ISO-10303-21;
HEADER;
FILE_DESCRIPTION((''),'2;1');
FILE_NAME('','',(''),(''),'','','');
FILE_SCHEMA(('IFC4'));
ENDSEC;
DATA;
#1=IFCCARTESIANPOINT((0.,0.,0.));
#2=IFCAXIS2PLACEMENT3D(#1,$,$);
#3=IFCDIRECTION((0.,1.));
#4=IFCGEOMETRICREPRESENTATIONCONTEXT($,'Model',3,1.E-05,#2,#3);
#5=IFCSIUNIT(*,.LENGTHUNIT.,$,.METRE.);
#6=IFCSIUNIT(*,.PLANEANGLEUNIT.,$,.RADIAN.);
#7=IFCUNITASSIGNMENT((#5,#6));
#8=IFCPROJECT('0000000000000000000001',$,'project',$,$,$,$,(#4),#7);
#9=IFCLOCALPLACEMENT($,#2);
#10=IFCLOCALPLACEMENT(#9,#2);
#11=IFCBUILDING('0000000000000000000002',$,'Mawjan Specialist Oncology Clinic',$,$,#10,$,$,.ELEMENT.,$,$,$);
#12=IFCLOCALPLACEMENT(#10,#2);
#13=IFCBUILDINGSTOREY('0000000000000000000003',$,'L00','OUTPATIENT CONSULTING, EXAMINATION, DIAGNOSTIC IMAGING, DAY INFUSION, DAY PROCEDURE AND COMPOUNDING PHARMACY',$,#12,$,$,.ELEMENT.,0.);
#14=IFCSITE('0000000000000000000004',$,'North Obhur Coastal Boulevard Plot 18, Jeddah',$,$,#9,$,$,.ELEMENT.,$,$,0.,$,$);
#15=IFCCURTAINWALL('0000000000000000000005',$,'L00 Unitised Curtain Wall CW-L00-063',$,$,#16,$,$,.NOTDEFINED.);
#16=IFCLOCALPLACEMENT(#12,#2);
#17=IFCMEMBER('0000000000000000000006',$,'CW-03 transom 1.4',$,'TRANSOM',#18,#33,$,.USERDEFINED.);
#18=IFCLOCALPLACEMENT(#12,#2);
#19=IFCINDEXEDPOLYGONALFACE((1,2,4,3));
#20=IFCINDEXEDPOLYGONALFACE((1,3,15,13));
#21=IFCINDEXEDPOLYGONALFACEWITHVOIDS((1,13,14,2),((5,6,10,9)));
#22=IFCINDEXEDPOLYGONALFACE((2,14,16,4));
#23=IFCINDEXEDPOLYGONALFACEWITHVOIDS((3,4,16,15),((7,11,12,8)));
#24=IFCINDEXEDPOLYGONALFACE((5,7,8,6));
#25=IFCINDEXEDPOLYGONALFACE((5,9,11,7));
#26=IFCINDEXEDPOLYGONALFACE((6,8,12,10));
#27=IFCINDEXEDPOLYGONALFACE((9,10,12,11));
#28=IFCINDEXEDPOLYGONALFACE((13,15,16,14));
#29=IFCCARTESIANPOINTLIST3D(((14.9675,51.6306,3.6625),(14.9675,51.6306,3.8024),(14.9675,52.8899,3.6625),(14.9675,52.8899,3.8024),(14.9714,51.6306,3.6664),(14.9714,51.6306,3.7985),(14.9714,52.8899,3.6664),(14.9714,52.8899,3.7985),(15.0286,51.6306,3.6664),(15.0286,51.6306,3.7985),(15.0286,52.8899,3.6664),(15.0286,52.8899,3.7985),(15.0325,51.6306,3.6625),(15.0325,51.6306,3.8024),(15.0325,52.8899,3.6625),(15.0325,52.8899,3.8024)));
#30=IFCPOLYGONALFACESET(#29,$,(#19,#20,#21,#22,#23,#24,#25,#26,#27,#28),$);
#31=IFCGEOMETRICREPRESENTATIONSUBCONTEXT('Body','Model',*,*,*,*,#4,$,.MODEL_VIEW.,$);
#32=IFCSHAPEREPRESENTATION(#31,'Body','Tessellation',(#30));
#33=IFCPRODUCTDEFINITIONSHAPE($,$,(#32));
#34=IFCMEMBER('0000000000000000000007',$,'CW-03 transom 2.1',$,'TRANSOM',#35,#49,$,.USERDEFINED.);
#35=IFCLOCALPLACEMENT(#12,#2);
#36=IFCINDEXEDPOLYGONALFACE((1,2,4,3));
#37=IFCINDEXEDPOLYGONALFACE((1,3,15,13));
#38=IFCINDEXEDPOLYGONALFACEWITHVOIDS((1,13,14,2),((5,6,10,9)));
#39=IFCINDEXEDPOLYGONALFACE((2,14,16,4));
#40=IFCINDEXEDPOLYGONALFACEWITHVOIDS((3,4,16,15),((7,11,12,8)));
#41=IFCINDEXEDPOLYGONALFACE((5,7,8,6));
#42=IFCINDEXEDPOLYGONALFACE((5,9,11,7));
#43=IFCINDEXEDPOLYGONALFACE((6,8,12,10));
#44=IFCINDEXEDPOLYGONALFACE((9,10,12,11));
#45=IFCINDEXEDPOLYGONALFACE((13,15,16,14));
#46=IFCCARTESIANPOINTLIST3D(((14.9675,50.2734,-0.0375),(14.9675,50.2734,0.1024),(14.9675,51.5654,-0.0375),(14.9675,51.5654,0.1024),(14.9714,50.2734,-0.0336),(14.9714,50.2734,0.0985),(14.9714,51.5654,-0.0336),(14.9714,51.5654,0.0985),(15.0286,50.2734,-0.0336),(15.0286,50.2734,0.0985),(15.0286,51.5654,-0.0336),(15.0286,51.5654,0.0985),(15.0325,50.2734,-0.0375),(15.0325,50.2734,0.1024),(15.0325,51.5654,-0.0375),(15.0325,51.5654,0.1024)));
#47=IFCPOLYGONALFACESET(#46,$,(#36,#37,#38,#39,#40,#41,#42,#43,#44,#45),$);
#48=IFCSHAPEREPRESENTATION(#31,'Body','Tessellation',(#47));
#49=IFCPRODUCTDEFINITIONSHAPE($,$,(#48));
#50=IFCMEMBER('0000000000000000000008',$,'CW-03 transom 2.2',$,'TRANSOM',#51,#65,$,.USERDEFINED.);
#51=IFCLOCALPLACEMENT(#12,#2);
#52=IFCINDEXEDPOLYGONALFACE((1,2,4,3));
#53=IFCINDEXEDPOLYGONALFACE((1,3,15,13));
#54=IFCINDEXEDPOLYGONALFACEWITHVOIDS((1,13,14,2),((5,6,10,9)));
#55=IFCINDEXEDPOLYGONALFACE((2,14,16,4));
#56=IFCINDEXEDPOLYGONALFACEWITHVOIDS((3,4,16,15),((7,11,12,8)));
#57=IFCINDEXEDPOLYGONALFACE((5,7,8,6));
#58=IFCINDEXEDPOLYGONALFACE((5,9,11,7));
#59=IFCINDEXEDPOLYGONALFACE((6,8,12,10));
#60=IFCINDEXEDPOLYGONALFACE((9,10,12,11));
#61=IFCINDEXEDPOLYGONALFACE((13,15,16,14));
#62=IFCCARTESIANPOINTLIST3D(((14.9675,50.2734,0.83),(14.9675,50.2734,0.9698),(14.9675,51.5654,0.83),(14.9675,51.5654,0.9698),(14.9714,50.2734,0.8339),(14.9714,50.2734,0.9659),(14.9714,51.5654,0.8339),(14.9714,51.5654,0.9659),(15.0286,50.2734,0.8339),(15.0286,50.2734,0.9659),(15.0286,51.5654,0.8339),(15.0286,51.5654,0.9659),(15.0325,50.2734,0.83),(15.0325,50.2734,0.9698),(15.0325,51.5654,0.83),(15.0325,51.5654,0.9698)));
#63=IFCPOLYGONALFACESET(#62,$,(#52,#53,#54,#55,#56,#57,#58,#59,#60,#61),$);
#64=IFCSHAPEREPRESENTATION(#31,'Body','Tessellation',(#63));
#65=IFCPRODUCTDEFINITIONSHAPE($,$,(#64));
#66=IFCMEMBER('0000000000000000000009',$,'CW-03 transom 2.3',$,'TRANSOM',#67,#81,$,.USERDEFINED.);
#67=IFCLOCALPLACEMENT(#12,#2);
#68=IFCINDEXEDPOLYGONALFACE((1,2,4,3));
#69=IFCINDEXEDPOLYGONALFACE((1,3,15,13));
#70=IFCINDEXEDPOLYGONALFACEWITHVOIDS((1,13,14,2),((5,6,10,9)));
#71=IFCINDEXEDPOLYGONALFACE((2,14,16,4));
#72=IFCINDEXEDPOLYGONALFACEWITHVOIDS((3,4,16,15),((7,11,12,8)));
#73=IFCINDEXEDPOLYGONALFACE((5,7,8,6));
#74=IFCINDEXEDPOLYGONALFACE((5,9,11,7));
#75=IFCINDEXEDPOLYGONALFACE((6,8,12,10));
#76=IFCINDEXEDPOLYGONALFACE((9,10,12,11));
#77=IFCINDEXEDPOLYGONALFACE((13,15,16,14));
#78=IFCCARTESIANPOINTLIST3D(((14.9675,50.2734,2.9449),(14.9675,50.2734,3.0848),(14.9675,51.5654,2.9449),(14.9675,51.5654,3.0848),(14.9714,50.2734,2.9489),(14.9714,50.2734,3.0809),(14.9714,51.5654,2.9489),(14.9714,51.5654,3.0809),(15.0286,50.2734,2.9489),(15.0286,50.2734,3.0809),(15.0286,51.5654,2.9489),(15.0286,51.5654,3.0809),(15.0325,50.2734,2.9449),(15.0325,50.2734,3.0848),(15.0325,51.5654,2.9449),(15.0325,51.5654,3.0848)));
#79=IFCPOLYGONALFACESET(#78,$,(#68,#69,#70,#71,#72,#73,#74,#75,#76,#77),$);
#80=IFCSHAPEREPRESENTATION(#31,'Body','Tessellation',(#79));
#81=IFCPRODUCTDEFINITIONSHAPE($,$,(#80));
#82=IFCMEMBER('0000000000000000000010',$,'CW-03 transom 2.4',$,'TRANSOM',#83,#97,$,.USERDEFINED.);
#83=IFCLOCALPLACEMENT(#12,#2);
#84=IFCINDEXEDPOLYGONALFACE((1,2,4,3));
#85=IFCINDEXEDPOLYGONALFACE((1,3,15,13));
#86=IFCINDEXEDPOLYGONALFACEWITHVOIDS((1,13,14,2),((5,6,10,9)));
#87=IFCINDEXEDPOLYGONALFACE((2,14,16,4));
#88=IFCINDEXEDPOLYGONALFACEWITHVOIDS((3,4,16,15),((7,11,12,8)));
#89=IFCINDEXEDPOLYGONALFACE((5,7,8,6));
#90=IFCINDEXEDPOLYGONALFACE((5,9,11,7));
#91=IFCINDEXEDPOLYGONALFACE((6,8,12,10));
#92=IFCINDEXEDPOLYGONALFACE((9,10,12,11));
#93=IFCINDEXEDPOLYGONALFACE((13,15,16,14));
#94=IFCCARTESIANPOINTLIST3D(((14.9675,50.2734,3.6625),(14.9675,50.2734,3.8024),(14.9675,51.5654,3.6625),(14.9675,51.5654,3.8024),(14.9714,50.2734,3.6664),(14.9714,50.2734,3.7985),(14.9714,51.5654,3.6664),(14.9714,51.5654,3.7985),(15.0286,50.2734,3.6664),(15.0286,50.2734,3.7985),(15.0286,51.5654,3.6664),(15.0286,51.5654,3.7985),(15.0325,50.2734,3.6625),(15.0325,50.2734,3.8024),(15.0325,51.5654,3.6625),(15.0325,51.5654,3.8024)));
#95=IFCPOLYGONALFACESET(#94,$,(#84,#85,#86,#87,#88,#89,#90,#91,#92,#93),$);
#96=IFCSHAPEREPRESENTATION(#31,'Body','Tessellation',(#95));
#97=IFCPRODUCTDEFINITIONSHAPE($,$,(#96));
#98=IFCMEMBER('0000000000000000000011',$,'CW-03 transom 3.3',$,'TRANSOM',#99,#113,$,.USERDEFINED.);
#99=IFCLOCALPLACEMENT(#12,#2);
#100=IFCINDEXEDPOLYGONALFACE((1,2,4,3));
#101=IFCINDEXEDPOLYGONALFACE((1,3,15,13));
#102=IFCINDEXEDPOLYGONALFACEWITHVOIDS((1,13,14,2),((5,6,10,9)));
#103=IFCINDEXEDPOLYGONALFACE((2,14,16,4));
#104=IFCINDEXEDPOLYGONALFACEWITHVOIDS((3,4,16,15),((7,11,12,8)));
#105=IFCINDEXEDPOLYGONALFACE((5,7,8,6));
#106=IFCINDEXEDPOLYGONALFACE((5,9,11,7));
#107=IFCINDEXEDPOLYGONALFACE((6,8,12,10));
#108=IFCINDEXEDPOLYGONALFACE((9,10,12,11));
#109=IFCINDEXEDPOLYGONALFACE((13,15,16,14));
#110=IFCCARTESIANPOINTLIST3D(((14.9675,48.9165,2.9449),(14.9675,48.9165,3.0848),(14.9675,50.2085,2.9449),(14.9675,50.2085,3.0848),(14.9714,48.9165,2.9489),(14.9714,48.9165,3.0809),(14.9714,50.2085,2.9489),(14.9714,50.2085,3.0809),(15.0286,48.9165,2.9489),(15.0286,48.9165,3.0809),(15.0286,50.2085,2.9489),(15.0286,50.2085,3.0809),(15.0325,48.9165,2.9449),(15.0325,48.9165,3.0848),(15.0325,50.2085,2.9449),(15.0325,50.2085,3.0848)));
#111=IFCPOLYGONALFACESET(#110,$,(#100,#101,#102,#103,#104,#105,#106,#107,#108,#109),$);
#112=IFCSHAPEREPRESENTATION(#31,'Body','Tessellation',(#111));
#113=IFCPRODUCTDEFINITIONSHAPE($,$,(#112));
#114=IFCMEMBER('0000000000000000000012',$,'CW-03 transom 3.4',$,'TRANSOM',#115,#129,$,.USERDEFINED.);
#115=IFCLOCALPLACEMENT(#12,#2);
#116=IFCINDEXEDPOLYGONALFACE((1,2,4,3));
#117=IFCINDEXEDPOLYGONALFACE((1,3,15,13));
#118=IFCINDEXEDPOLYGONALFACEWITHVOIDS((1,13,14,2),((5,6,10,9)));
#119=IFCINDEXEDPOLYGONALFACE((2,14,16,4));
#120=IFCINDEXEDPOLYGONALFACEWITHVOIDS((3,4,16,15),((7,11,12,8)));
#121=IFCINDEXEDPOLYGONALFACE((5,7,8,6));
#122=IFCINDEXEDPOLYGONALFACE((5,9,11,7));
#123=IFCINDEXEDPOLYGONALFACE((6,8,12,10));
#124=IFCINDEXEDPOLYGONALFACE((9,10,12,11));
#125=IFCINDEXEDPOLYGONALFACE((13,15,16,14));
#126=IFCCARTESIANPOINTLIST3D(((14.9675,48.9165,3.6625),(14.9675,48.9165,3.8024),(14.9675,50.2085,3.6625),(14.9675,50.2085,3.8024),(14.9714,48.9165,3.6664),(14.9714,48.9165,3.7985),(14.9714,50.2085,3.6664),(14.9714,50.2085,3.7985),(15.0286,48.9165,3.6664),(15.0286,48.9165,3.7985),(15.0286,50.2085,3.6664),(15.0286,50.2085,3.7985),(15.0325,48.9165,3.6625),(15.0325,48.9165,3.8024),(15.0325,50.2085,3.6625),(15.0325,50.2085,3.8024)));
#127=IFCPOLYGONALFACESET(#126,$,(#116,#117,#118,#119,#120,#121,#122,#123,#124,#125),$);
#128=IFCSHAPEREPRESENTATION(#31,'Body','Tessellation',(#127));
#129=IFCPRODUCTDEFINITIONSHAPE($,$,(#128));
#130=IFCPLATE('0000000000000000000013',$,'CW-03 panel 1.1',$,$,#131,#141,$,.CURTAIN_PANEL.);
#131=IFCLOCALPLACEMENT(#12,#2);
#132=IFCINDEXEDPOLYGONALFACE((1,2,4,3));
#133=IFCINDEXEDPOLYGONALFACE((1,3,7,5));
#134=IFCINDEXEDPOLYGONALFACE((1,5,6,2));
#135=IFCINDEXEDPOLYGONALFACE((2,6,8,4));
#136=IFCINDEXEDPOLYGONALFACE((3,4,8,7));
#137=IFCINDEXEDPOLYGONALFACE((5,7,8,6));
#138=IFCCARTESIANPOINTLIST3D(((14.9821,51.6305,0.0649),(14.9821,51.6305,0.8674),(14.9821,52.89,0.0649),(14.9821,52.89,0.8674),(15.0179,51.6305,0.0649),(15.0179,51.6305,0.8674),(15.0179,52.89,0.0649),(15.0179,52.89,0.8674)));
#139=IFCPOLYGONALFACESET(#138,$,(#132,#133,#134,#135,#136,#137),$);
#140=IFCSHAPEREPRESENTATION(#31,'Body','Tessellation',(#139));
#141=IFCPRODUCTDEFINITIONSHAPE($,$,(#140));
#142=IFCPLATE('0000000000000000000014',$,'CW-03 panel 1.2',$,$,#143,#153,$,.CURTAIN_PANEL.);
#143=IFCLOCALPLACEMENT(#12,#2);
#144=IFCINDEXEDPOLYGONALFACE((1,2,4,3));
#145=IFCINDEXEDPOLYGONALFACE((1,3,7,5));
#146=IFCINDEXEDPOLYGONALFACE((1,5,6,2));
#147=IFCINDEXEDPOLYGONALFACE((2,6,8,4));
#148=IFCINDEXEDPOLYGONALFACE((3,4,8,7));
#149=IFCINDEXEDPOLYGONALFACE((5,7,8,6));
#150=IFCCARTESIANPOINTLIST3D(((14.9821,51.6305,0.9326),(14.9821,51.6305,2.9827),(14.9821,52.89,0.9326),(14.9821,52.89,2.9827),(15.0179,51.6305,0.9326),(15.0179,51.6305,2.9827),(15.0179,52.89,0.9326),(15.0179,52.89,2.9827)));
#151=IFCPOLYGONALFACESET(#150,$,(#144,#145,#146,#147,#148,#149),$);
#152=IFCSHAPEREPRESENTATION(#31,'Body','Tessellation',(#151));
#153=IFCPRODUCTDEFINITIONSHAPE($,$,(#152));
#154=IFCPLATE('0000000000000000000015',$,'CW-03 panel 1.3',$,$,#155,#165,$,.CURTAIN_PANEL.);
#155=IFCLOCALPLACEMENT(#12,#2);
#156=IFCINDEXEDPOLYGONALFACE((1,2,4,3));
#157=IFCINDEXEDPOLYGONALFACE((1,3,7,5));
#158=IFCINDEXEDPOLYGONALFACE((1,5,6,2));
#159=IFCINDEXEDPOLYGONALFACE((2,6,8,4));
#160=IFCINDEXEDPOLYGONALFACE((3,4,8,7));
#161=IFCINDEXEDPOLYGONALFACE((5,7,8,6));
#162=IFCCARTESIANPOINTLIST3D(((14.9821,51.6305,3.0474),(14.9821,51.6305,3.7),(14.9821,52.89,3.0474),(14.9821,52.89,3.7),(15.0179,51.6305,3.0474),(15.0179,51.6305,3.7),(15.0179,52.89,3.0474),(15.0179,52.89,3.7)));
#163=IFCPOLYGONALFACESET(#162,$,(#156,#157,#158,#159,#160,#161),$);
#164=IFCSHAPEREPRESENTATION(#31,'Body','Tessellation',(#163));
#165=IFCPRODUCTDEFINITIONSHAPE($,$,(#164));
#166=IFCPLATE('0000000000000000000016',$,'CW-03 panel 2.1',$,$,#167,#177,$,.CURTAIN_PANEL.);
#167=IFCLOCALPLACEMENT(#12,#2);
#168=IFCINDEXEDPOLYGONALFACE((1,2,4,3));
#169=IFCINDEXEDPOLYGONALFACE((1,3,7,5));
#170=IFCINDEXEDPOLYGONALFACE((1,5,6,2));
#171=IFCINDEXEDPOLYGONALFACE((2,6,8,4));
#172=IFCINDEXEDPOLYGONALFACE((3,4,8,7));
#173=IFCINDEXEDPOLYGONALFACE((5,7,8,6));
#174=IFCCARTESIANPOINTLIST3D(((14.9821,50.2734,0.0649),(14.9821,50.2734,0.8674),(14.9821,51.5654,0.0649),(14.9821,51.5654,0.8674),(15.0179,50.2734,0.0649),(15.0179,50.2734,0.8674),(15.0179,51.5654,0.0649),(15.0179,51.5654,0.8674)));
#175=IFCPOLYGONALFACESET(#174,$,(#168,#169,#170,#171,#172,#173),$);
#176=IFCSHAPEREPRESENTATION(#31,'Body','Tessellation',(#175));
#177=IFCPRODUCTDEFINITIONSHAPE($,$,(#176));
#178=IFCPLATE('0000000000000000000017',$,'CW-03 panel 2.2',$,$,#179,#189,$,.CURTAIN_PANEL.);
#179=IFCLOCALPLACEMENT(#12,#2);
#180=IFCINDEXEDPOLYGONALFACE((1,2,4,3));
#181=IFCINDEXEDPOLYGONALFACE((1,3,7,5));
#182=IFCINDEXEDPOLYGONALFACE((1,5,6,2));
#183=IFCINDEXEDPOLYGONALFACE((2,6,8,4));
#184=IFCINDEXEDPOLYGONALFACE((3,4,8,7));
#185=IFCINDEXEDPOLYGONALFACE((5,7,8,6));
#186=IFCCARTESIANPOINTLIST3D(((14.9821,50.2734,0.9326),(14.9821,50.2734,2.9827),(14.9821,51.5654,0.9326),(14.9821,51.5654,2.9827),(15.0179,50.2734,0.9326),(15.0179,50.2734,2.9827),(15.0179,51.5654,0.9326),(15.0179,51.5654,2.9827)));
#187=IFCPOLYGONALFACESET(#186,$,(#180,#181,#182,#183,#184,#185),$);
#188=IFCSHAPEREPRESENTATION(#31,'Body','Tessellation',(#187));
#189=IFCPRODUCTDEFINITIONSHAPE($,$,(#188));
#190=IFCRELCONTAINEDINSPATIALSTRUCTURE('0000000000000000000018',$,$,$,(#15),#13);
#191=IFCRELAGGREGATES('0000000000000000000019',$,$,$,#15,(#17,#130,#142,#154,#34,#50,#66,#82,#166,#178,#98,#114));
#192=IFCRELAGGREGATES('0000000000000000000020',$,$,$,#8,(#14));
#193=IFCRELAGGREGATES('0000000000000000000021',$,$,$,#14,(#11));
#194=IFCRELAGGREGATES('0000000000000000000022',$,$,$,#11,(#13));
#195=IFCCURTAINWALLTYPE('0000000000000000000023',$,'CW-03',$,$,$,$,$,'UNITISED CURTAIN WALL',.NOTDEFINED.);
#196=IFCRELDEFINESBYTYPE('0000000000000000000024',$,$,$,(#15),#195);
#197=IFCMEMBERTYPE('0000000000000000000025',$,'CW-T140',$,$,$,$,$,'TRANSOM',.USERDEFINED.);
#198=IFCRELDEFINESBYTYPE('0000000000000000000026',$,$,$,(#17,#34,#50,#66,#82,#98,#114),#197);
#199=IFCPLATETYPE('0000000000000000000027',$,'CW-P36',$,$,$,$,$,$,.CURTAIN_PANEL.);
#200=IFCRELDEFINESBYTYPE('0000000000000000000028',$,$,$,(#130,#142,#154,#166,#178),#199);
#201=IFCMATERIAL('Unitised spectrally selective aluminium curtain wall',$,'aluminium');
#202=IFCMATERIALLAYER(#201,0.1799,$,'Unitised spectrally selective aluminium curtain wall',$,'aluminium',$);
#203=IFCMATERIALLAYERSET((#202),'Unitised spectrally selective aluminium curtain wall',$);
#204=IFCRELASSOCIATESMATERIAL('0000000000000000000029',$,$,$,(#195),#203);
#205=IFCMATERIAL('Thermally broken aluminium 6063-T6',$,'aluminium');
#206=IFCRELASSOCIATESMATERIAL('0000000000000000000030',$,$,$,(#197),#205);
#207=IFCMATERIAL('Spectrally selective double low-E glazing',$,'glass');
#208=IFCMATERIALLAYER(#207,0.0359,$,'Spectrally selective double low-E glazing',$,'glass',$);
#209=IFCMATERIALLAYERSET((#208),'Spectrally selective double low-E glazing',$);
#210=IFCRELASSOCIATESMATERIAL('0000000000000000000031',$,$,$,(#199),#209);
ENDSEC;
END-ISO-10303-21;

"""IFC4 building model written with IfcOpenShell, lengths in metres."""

from ifc_helpers import new_model, si_unit, direction, frame, origin, origin_2d, place, context, subcontext, project, spatial, rectangle, hollow_rectangle, extrude, material, layer, layer_set, material_profile, profile_set, type_object, element, aggregate, save


model = new_model("IFC4")

# Units and contexts
model_context = context("Model", 3, precision=1e-05, world=origin(), true_north=direction((0.0, 1.0)))
body_context = subcontext(model_context, "Body", "Model", "MODEL_VIEW")
ifc_project = project(units=[si_unit("LENGTHUNIT", "METRE"), si_unit("PLANEANGLEUNIT", "RADIAN")], contexts=[model_context])

# Site, building, storey
site_placement = place(None, origin())
site = spatial("IfcSite", under=ifc_project, at=site_placement, Name="North Obhur Coastal Boulevard Plot 18, Jeddah", CompositionType="ELEMENT", RefElevation=0.0)
building_placement = place(site_placement, origin())
building = spatial("IfcBuilding", under=site, at=building_placement, Name="Mawjan Specialist Oncology Clinic", CompositionType="ELEMENT")
storey_placement = place(building_placement, origin())
storey = spatial("IfcBuildingStorey", under=building, at=storey_placement, Name="L00", Description="OUTPATIENT CONSULTING, EXAMINATION, DIAGNOSTIC IMAGING, DAY INFUSION, DAY PROCEDURE AND COMPOUNDING PHARMACY", CompositionType="ELEMENT", Elevation=0.0)

# Curtain wall, members, plates
ifc_material_1 = material(Name="Unitised spectrally selective aluminium curtain wall", Category="aluminium")
ifc_layer_1 = layer(ifc_material_1, 0.1799, Name="Unitised spectrally selective aluminium curtain wall", Category="aluminium")
ifc_layer_set_1 = layer_set([ifc_layer_1], Name="Unitised spectrally selective aluminium curtain wall")
curtain_wall_type = type_object("IfcCurtainWallType", Name="CW-03", ElementType="UNITISED CURTAIN WALL", PredefinedType="NOTDEFINED", material=ifc_layer_set_1)
curtain_wall_placement = place(storey_placement, origin())
curtain_wall = element("IfcCurtainWall", 1, at=curtain_wall_placement, inside=storey, type_object=curtain_wall_type, Name="L00 Unitised Curtain Wall CW-L00-063", PredefinedType="NOTDEFINED")
ifc_material_2 = material(Name="Thermally broken aluminium 6063-T6", Category="aluminium")
ifc_material_profile_1 = material_profile(ifc_material_2, hollow_rectangle(XDim=0.0649, YDim=0.1399, WallThickness=0.0039, at=origin_2d()), Name="ALU TRANSOM 140x65x4", Category="aluminium")
ifc_profile_set_1 = profile_set([ifc_material_profile_1], Name="Thermally broken aluminium 6063-T6")
member_type_1 = type_object("IfcMemberType", Name="CW-T140", ElementType="TRANSOM", PredefinedType="USERDEFINED", material=ifc_profile_set_1)
member_1_placement = place(storey_placement, frame((15.0, 52.8899, 3.7324), z_axis=(0.0, -1.0, 0.0), x_axis=(1.0, 0.0, 0.0)))
member_1 = element("IfcMember", 2, at=member_1_placement, type_object=member_type_1, Name="CW-03 transom 1.4", ObjectType="TRANSOM", PredefinedType="USERDEFINED", context=body_context, shape_type="SweptSolid", body=[
    extrude(hollow_rectangle(XDim=0.0649, YDim=0.1399, WallThickness=0.0039, at=origin_2d()), origin(), (0.0, 0.0, 1.0), 1.2593),
])
member_2_placement = place(storey_placement, frame((15.0, 51.5654, 0.0325), z_axis=(0.0, -1.0, 0.0), x_axis=(1.0, 0.0, 0.0)))
member_2 = element("IfcMember", 3, at=member_2_placement, type_object=member_type_1, Name="CW-03 transom 2.1", ObjectType="TRANSOM", PredefinedType="USERDEFINED", context=body_context, shape_type="SweptSolid", body=[
    extrude(hollow_rectangle(XDim=0.0649, YDim=0.1399, WallThickness=0.0039, at=origin_2d()), origin(), (0.0, 0.0, 1.0), 1.292),
])
member_3_placement = place(storey_placement, frame((15.0, 51.5654, 0.8999), z_axis=(0.0, -1.0, 0.0), x_axis=(1.0, 0.0, 0.0)))
member_3 = element("IfcMember", 4, at=member_3_placement, type_object=member_type_1, Name="CW-03 transom 2.2", ObjectType="TRANSOM", PredefinedType="USERDEFINED", context=body_context, shape_type="SweptSolid", body=[
    extrude(hollow_rectangle(XDim=0.0649, YDim=0.1399, WallThickness=0.0039, at=origin_2d()), origin(), (0.0, 0.0, 1.0), 1.292),
])
member_4_placement = place(storey_placement, frame((15.0, 51.5654, 3.0149), z_axis=(0.0, -1.0, 0.0), x_axis=(1.0, 0.0, 0.0)))
member_4 = element("IfcMember", 5, at=member_4_placement, type_object=member_type_1, Name="CW-03 transom 2.3", ObjectType="TRANSOM", PredefinedType="USERDEFINED", context=body_context, shape_type="SweptSolid", body=[
    extrude(hollow_rectangle(XDim=0.0649, YDim=0.1399, WallThickness=0.0039, at=origin_2d()), origin(), (0.0, 0.0, 1.0), 1.292),
])
member_5_placement = place(storey_placement, frame((15.0, 51.5654, 3.7324), z_axis=(0.0, -1.0, 0.0), x_axis=(1.0, 0.0, 0.0)))
member_5 = element("IfcMember", 6, at=member_5_placement, type_object=member_type_1, Name="CW-03 transom 2.4", ObjectType="TRANSOM", PredefinedType="USERDEFINED", context=body_context, shape_type="SweptSolid", body=[
    extrude(hollow_rectangle(XDim=0.0649, YDim=0.1399, WallThickness=0.0039, at=origin_2d()), origin(), (0.0, 0.0, 1.0), 1.292),
])
member_6_placement = place(storey_placement, frame((15.0, 50.2085, 3.0149), z_axis=(0.0, -1.0, 0.0), x_axis=(1.0, 0.0, 0.0)))
member_6 = element("IfcMember", 7, at=member_6_placement, type_object=member_type_1, Name="CW-03 transom 3.3", ObjectType="TRANSOM", PredefinedType="USERDEFINED", context=body_context, shape_type="SweptSolid", body=[
    extrude(hollow_rectangle(XDim=0.0649, YDim=0.1399, WallThickness=0.0039, at=origin_2d()), origin(), (0.0, 0.0, 1.0), 1.292),
])
member_7_placement = place(storey_placement, frame((15.0, 50.2085, 3.7324), z_axis=(0.0, -1.0, 0.0), x_axis=(1.0, 0.0, 0.0)))
member_7 = element("IfcMember", 8, at=member_7_placement, type_object=member_type_1, Name="CW-03 transom 3.4", ObjectType="TRANSOM", PredefinedType="USERDEFINED", context=body_context, shape_type="SweptSolid", body=[
    extrude(hollow_rectangle(XDim=0.0649, YDim=0.1399, WallThickness=0.0039, at=origin_2d()), origin(), (0.0, 0.0, 1.0), 1.292),
])
ifc_material_3 = material(Name="Spectrally selective double low-E glazing", Category="glass")
ifc_layer_2 = layer(ifc_material_3, 0.0359, Name="Spectrally selective double low-E glazing", Category="glass")
ifc_layer_set_2 = layer_set([ifc_layer_2], Name="Spectrally selective double low-E glazing")
plate_type = type_object("IfcPlateType", Name="CW-P36", PredefinedType="CURTAIN_PANEL", material=ifc_layer_set_2)
plate_1_placement = place(storey_placement, frame((15.0, 52.2603, 0.0649), z_axis=(0.0, 0.0, 1.0), x_axis=(0.0, -1.0, 0.0)))
plate_1 = element("IfcPlate", 9, at=plate_1_placement, type_object=plate_type, Name="CW-03 panel 1.1", PredefinedType="CURTAIN_PANEL", context=body_context, shape_type="SweptSolid", body=[
    extrude(rectangle(XDim=1.2595, YDim=0.0359, at=origin_2d()), origin(), (0.0, 0.0, 1.0), 0.8025),
])
plate_2_placement = place(storey_placement, frame((15.0, 52.2603, 0.9326), z_axis=(0.0, 0.0, 1.0), x_axis=(0.0, -1.0, 0.0)))
plate_2 = element("IfcPlate", 10, at=plate_2_placement, type_object=plate_type, Name="CW-03 panel 1.2", PredefinedType="CURTAIN_PANEL", context=body_context, shape_type="SweptSolid", body=[
    extrude(rectangle(XDim=1.2595, YDim=0.0359, at=origin_2d()), origin(), (0.0, 0.0, 1.0), 2.05),
])
plate_3_placement = place(storey_placement, frame((15.0, 52.2603, 3.0474), z_axis=(0.0, 0.0, 1.0), x_axis=(0.0, -1.0, 0.0)))
plate_3 = element("IfcPlate", 11, at=plate_3_placement, type_object=plate_type, Name="CW-03 panel 1.3", PredefinedType="CURTAIN_PANEL", context=body_context, shape_type="SweptSolid", body=[
    extrude(rectangle(XDim=1.2595, YDim=0.0359, at=origin_2d()), origin(), (0.0, 0.0, 1.0), 0.6526),
])
plate_4_placement = place(storey_placement, frame((15.0, 50.9194, 0.0649), z_axis=(0.0, 0.0, 1.0), x_axis=(0.0, -1.0, 0.0)))
plate_4 = element("IfcPlate", 12, at=plate_4_placement, type_object=plate_type, Name="CW-03 panel 2.1", PredefinedType="CURTAIN_PANEL", context=body_context, shape_type="SweptSolid", body=[
    extrude(rectangle(XDim=1.292, YDim=0.0359, at=origin_2d()), origin(), (0.0, 0.0, 1.0), 0.8025),
])
plate_5_placement = place(storey_placement, frame((15.0, 50.9194, 0.9326), z_axis=(0.0, 0.0, 1.0), x_axis=(0.0, -1.0, 0.0)))
plate_5 = element("IfcPlate", 13, at=plate_5_placement, type_object=plate_type, Name="CW-03 panel 2.2", PredefinedType="CURTAIN_PANEL", context=body_context, shape_type="SweptSolid", body=[
    extrude(rectangle(XDim=1.292, YDim=0.0359, at=origin_2d()), origin(), (0.0, 0.0, 1.0), 2.05),
])
aggregate(curtain_wall, [member_1, plate_1, plate_2, plate_3, member_2, member_3, member_4, member_5, plate_4, plate_5, member_6, member_7])

save(model, "model.ifc")
